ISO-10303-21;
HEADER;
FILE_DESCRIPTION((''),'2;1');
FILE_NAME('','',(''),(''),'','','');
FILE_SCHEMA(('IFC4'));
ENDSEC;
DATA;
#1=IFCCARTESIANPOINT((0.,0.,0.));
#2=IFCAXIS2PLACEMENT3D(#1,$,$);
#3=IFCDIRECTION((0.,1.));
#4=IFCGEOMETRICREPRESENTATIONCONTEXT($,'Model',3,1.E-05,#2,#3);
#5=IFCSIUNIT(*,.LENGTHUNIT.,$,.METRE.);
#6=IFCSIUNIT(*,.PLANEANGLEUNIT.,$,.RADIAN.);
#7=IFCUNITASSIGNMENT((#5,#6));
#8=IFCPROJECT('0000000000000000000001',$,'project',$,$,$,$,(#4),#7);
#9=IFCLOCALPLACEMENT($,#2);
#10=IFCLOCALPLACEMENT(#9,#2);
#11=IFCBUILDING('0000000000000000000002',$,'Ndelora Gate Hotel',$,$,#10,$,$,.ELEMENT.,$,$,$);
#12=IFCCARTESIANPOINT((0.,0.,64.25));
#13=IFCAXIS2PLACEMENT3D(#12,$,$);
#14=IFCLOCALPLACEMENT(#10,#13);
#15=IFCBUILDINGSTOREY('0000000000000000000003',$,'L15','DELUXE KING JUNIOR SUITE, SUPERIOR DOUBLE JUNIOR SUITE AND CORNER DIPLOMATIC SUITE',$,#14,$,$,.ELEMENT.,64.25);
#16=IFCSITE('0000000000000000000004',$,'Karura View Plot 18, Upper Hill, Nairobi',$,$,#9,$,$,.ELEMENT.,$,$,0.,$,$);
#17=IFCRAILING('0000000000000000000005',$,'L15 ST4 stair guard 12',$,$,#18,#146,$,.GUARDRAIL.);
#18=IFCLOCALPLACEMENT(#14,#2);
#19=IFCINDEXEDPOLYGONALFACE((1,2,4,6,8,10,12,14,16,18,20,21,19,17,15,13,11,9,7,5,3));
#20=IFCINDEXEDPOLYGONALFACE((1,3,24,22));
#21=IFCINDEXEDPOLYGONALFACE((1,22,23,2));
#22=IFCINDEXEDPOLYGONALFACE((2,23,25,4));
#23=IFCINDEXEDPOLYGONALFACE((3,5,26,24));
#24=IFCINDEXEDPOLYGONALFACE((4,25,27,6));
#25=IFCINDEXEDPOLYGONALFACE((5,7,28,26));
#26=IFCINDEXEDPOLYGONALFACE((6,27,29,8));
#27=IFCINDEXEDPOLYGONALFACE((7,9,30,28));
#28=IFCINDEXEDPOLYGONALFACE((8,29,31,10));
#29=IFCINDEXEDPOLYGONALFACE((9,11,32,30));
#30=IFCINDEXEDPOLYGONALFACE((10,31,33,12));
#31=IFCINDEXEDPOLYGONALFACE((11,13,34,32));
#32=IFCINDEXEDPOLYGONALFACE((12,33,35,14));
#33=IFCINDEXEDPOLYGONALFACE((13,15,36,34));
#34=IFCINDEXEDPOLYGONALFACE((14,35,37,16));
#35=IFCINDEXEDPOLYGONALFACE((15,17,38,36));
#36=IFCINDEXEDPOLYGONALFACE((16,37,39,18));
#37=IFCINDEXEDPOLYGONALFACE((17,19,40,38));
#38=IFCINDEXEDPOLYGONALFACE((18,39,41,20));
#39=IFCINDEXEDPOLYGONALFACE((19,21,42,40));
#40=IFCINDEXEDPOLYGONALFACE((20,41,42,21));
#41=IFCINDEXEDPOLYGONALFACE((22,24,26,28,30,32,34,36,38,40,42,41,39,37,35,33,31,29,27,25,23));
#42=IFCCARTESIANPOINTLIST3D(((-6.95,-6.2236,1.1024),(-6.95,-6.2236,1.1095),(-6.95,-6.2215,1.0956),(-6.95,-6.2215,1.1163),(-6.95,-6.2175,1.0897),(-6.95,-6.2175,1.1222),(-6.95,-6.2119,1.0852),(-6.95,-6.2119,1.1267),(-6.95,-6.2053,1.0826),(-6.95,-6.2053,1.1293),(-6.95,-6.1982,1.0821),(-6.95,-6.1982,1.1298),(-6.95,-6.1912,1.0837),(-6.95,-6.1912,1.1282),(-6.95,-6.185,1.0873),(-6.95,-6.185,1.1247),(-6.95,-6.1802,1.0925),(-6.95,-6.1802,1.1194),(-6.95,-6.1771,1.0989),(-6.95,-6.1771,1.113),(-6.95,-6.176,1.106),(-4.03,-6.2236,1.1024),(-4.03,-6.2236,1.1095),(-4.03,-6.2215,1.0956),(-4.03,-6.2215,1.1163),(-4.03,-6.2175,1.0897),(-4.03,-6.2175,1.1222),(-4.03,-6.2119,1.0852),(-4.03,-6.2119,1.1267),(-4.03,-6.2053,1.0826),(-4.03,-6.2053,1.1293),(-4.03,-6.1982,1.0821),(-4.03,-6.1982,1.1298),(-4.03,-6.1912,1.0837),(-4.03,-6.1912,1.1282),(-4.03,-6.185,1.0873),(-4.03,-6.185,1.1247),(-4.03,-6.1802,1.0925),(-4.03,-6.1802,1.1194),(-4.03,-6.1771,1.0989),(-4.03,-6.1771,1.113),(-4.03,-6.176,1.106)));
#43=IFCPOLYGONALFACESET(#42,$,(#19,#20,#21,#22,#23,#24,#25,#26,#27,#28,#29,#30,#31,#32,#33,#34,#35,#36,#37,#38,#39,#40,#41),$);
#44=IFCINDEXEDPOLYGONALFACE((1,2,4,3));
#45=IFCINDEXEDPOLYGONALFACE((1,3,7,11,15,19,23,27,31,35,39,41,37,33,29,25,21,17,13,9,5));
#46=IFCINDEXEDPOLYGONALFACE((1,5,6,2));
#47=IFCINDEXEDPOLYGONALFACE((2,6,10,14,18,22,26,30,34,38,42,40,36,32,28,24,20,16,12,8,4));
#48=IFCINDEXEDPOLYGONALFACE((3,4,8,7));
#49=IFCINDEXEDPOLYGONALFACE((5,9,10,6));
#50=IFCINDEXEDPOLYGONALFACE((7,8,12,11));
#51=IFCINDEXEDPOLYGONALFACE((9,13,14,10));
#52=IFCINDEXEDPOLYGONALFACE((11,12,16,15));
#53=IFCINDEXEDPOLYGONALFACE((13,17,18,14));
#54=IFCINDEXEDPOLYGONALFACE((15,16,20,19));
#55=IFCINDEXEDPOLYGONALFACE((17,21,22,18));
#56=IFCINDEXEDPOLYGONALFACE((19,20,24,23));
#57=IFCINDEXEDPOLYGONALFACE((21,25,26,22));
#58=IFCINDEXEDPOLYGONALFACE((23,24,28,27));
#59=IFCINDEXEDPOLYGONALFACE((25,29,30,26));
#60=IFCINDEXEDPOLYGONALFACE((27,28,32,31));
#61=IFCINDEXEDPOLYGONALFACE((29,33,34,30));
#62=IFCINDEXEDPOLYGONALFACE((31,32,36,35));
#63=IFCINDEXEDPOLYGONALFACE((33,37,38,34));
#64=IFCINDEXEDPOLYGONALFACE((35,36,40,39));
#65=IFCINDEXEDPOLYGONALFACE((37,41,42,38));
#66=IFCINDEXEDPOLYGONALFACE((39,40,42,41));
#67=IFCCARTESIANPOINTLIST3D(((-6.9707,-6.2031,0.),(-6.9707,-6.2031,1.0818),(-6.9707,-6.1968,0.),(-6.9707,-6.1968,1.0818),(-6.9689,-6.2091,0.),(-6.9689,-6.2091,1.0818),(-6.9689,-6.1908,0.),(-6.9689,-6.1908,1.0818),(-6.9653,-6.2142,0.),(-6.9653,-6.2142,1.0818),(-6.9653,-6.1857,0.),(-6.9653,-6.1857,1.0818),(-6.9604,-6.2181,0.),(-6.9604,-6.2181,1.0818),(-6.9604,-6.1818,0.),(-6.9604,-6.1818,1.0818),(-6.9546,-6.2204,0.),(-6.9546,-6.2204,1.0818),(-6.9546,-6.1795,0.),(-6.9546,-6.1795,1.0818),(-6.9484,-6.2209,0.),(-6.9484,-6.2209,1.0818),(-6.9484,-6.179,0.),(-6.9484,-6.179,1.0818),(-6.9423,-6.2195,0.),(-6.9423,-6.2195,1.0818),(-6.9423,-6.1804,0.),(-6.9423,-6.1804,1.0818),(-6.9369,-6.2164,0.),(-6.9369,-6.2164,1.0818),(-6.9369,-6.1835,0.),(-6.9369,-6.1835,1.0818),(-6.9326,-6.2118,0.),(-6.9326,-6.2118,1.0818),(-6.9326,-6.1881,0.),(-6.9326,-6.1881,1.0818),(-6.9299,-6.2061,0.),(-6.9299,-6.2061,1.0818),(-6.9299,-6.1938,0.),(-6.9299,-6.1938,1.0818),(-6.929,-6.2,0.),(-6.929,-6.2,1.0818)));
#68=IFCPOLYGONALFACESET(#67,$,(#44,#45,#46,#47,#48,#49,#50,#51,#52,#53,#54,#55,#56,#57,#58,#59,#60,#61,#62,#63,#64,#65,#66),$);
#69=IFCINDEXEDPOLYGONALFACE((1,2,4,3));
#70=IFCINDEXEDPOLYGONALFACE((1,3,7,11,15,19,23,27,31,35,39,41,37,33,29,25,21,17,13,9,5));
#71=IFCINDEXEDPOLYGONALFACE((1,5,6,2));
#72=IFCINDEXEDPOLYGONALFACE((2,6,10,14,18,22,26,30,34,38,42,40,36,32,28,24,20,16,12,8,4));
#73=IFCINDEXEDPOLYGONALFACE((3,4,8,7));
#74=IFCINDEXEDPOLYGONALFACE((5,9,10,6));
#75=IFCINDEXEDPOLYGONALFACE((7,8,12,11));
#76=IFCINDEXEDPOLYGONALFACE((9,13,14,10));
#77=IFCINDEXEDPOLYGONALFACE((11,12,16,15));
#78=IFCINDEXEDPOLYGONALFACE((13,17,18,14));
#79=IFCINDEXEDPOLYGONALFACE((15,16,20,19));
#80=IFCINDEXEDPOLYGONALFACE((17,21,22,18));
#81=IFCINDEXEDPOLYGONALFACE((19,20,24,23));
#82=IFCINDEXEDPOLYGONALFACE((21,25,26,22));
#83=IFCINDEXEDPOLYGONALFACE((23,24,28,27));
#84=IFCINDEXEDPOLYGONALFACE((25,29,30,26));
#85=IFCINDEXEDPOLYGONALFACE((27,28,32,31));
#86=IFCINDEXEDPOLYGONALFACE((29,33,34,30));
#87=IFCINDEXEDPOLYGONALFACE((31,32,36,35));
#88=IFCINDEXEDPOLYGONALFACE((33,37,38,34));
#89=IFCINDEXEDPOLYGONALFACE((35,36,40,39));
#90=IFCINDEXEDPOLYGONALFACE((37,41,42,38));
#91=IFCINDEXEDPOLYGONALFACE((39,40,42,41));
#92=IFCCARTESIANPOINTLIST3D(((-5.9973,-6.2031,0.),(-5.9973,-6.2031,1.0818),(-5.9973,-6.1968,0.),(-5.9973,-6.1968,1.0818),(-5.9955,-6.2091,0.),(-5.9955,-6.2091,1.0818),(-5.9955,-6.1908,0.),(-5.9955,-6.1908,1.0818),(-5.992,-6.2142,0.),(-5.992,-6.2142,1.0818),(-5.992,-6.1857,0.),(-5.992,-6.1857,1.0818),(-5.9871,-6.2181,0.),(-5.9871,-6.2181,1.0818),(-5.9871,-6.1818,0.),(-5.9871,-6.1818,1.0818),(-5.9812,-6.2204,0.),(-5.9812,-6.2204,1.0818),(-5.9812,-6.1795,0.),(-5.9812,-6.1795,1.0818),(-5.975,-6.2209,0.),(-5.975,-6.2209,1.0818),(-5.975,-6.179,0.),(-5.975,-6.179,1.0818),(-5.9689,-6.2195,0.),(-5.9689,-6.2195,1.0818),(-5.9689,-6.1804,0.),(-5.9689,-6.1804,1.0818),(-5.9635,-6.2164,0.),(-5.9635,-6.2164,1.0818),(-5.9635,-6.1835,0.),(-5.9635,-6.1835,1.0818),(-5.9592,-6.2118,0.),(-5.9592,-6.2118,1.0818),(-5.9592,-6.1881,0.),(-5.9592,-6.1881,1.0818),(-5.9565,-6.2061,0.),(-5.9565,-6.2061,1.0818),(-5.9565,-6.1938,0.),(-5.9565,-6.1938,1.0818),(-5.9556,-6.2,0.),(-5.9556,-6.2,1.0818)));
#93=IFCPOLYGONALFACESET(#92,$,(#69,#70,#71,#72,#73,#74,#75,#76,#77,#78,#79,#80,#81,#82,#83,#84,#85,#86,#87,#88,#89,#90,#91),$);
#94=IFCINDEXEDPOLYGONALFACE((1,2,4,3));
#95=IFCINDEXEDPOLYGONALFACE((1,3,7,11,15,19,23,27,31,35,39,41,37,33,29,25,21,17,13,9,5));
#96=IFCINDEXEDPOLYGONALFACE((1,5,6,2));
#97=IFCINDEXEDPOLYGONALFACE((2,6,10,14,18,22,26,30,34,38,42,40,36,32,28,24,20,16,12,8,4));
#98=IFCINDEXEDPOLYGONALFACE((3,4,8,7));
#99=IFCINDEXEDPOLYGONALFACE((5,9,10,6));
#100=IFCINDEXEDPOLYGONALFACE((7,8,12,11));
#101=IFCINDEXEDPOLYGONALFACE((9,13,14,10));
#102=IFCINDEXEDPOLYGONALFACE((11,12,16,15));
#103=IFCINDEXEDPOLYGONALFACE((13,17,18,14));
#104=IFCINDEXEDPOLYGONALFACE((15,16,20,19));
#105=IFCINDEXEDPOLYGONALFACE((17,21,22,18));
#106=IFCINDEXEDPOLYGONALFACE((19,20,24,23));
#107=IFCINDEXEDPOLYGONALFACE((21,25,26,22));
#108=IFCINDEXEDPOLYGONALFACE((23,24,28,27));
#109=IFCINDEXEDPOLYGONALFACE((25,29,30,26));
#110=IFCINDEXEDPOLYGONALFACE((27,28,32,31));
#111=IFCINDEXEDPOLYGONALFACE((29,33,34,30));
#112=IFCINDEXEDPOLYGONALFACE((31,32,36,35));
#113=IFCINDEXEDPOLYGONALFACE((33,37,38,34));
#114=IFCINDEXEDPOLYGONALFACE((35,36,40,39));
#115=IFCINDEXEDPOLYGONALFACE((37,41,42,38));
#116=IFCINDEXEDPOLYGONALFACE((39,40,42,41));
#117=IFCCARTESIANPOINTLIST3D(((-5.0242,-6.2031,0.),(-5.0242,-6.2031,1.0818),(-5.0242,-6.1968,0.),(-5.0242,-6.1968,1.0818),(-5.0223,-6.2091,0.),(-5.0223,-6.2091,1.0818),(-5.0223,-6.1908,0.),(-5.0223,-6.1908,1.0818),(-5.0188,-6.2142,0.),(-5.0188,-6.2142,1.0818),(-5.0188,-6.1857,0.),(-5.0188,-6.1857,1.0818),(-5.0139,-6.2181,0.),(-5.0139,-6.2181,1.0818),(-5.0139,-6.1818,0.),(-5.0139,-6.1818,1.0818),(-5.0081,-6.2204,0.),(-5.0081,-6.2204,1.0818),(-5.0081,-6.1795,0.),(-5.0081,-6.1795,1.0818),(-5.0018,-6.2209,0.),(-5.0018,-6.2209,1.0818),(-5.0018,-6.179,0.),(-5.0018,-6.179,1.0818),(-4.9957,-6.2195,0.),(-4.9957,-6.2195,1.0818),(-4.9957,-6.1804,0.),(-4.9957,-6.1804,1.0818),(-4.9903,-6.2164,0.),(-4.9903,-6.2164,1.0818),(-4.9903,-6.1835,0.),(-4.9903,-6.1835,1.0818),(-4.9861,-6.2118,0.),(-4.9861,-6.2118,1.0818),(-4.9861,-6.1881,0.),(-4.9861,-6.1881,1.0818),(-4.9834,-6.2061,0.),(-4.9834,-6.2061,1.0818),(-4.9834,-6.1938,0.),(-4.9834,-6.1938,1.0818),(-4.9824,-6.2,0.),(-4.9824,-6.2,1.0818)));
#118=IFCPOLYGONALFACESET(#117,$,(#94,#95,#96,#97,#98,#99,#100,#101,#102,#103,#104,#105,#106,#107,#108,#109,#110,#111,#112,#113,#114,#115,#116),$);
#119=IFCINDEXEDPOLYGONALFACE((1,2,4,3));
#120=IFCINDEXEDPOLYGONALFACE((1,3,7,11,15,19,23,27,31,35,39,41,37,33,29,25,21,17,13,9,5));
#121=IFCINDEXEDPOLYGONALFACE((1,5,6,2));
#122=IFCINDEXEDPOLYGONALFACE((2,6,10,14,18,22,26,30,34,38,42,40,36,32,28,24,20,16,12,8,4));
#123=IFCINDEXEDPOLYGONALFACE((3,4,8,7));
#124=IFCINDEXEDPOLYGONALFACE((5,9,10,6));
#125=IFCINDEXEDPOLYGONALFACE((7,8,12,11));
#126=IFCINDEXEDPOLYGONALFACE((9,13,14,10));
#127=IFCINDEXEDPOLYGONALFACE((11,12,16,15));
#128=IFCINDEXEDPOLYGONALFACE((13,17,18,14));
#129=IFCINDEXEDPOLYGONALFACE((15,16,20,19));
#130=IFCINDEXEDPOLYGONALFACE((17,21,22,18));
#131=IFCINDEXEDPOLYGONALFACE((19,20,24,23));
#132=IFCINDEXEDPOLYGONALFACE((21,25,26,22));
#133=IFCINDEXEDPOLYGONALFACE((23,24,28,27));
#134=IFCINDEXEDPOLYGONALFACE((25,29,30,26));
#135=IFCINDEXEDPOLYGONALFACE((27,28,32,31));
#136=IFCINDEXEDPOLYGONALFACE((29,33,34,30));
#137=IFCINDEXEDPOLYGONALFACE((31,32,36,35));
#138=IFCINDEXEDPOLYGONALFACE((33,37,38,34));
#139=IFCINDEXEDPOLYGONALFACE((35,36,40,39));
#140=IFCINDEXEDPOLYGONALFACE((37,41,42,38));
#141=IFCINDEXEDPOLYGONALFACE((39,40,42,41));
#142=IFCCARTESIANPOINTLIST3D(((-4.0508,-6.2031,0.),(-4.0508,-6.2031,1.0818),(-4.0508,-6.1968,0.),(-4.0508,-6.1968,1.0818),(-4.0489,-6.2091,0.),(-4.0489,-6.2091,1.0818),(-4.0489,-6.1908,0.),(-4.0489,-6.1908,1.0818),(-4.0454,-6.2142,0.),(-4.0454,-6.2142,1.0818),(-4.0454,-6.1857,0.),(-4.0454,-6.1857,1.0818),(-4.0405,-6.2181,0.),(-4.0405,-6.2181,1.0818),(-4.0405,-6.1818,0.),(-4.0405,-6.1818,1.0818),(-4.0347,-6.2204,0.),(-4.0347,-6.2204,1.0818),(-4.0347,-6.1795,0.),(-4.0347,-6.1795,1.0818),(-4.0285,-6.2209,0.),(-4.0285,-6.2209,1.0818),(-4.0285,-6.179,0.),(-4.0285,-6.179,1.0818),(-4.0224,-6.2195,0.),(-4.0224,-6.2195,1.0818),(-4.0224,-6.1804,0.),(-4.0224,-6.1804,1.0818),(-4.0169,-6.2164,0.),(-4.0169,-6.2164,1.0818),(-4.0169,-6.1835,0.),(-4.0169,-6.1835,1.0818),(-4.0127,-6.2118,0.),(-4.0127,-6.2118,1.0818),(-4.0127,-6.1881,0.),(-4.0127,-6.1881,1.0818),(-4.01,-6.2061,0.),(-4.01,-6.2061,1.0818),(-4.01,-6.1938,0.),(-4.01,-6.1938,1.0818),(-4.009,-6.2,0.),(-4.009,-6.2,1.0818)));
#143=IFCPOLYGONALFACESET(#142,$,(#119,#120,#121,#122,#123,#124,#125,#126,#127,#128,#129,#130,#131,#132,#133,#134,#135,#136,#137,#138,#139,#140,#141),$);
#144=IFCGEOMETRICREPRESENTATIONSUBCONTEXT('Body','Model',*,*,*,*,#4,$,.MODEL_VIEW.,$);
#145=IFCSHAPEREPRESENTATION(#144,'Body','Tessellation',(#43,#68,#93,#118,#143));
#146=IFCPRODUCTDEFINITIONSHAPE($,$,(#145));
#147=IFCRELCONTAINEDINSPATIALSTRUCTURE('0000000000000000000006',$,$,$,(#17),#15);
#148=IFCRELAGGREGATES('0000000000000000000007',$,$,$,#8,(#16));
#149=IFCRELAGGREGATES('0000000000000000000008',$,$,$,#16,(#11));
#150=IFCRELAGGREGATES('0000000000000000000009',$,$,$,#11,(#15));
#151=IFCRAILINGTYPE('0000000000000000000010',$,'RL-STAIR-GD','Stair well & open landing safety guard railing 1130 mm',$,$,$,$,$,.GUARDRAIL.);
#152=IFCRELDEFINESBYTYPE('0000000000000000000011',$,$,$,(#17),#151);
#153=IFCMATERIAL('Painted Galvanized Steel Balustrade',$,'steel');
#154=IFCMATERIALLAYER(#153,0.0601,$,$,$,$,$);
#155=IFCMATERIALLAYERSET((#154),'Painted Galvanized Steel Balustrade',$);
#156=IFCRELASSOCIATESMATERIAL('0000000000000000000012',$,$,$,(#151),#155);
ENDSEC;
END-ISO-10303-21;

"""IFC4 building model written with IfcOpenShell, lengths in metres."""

from ifc_helpers import new_model, si_unit, direction, frame, origin, origin_2d, place, context, subcontext, project, spatial, circle, extrude, material, layer, layer_set, type_object, element, save


model = new_model("IFC4")

# Units and contexts
model_context = context("Model", 3, precision=1e-05, world=origin(), true_north=direction((0.0, 1.0)))
body_context = subcontext(model_context, "Body", "Model", "MODEL_VIEW")
ifc_project = project(units=[si_unit("LENGTHUNIT", "METRE"), si_unit("PLANEANGLEUNIT", "RADIAN")], contexts=[model_context])

# Site, building, storey
site_placement = place(None, origin())
site = spatial("IfcSite", under=ifc_project, at=site_placement, Name="Karura View Plot 18, Upper Hill, Nairobi", CompositionType="ELEMENT", RefElevation=0.0)
building_placement = place(site_placement, origin())
building = spatial("IfcBuilding", under=site, at=building_placement, Name="Ndelora Gate Hotel", CompositionType="ELEMENT")
storey_placement = place(building_placement, frame((0.0, 0.0, 64.25)))
storey = spatial("IfcBuildingStorey", under=building, at=storey_placement, Name="L15", Description="DELUXE KING JUNIOR SUITE, SUPERIOR DOUBLE JUNIOR SUITE AND CORNER DIPLOMATIC SUITE", CompositionType="ELEMENT", Elevation=64.25)

# Railing
ifc_material_1 = material(Name="Painted Galvanized Steel Balustrade", Category="steel")
ifc_layer_1 = layer(ifc_material_1, 0.0601)
ifc_layer_set_1 = layer_set([ifc_layer_1], Name="Painted Galvanized Steel Balustrade")
railing_type_1 = type_object("IfcRailingType", Name="RL-STAIR-GD", Description="Stair well & open landing safety guard railing 1130 mm", PredefinedType="GUARDRAIL", material=ifc_layer_set_1)
railing_1_placement = place(storey_placement, frame((-6.95, -6.2, 0.0)))
element("IfcRailing", 1, at=railing_1_placement, inside=storey, type_object=railing_type_1, Name="L15 ST4 stair guard 12", PredefinedType="GUARDRAIL", context=body_context, shape_type="SweptSolid", body=[
    extrude(circle(Radius=0.0239, at=origin_2d()), frame((0.0, 0.0, 1.106), z_axis=(1.0, 0.0, 0.0), x_axis=(0.0, 1.0, 0.0)), (0.0, 0.0, 1.0), 2.9199),
    extrude(circle(Radius=0.021, at=origin_2d()), origin(), (0.0, 0.0, 1.0), 1.0818),
    extrude(circle(Radius=0.021, at=origin_2d()), frame((0.9734, 0.0, 0.0)), (0.0, 0.0, 1.0), 1.0818),
    extrude(circle(Radius=0.021, at=origin_2d()), frame((1.9465, 0.0, 0.0)), (0.0, 0.0, 1.0), 1.0818),
    extrude(circle(Radius=0.021, at=origin_2d()), frame((2.9199, 0.0, 0.0)), (0.0, 0.0, 1.0), 1.0818),
])

save(model, "model.ifc")
